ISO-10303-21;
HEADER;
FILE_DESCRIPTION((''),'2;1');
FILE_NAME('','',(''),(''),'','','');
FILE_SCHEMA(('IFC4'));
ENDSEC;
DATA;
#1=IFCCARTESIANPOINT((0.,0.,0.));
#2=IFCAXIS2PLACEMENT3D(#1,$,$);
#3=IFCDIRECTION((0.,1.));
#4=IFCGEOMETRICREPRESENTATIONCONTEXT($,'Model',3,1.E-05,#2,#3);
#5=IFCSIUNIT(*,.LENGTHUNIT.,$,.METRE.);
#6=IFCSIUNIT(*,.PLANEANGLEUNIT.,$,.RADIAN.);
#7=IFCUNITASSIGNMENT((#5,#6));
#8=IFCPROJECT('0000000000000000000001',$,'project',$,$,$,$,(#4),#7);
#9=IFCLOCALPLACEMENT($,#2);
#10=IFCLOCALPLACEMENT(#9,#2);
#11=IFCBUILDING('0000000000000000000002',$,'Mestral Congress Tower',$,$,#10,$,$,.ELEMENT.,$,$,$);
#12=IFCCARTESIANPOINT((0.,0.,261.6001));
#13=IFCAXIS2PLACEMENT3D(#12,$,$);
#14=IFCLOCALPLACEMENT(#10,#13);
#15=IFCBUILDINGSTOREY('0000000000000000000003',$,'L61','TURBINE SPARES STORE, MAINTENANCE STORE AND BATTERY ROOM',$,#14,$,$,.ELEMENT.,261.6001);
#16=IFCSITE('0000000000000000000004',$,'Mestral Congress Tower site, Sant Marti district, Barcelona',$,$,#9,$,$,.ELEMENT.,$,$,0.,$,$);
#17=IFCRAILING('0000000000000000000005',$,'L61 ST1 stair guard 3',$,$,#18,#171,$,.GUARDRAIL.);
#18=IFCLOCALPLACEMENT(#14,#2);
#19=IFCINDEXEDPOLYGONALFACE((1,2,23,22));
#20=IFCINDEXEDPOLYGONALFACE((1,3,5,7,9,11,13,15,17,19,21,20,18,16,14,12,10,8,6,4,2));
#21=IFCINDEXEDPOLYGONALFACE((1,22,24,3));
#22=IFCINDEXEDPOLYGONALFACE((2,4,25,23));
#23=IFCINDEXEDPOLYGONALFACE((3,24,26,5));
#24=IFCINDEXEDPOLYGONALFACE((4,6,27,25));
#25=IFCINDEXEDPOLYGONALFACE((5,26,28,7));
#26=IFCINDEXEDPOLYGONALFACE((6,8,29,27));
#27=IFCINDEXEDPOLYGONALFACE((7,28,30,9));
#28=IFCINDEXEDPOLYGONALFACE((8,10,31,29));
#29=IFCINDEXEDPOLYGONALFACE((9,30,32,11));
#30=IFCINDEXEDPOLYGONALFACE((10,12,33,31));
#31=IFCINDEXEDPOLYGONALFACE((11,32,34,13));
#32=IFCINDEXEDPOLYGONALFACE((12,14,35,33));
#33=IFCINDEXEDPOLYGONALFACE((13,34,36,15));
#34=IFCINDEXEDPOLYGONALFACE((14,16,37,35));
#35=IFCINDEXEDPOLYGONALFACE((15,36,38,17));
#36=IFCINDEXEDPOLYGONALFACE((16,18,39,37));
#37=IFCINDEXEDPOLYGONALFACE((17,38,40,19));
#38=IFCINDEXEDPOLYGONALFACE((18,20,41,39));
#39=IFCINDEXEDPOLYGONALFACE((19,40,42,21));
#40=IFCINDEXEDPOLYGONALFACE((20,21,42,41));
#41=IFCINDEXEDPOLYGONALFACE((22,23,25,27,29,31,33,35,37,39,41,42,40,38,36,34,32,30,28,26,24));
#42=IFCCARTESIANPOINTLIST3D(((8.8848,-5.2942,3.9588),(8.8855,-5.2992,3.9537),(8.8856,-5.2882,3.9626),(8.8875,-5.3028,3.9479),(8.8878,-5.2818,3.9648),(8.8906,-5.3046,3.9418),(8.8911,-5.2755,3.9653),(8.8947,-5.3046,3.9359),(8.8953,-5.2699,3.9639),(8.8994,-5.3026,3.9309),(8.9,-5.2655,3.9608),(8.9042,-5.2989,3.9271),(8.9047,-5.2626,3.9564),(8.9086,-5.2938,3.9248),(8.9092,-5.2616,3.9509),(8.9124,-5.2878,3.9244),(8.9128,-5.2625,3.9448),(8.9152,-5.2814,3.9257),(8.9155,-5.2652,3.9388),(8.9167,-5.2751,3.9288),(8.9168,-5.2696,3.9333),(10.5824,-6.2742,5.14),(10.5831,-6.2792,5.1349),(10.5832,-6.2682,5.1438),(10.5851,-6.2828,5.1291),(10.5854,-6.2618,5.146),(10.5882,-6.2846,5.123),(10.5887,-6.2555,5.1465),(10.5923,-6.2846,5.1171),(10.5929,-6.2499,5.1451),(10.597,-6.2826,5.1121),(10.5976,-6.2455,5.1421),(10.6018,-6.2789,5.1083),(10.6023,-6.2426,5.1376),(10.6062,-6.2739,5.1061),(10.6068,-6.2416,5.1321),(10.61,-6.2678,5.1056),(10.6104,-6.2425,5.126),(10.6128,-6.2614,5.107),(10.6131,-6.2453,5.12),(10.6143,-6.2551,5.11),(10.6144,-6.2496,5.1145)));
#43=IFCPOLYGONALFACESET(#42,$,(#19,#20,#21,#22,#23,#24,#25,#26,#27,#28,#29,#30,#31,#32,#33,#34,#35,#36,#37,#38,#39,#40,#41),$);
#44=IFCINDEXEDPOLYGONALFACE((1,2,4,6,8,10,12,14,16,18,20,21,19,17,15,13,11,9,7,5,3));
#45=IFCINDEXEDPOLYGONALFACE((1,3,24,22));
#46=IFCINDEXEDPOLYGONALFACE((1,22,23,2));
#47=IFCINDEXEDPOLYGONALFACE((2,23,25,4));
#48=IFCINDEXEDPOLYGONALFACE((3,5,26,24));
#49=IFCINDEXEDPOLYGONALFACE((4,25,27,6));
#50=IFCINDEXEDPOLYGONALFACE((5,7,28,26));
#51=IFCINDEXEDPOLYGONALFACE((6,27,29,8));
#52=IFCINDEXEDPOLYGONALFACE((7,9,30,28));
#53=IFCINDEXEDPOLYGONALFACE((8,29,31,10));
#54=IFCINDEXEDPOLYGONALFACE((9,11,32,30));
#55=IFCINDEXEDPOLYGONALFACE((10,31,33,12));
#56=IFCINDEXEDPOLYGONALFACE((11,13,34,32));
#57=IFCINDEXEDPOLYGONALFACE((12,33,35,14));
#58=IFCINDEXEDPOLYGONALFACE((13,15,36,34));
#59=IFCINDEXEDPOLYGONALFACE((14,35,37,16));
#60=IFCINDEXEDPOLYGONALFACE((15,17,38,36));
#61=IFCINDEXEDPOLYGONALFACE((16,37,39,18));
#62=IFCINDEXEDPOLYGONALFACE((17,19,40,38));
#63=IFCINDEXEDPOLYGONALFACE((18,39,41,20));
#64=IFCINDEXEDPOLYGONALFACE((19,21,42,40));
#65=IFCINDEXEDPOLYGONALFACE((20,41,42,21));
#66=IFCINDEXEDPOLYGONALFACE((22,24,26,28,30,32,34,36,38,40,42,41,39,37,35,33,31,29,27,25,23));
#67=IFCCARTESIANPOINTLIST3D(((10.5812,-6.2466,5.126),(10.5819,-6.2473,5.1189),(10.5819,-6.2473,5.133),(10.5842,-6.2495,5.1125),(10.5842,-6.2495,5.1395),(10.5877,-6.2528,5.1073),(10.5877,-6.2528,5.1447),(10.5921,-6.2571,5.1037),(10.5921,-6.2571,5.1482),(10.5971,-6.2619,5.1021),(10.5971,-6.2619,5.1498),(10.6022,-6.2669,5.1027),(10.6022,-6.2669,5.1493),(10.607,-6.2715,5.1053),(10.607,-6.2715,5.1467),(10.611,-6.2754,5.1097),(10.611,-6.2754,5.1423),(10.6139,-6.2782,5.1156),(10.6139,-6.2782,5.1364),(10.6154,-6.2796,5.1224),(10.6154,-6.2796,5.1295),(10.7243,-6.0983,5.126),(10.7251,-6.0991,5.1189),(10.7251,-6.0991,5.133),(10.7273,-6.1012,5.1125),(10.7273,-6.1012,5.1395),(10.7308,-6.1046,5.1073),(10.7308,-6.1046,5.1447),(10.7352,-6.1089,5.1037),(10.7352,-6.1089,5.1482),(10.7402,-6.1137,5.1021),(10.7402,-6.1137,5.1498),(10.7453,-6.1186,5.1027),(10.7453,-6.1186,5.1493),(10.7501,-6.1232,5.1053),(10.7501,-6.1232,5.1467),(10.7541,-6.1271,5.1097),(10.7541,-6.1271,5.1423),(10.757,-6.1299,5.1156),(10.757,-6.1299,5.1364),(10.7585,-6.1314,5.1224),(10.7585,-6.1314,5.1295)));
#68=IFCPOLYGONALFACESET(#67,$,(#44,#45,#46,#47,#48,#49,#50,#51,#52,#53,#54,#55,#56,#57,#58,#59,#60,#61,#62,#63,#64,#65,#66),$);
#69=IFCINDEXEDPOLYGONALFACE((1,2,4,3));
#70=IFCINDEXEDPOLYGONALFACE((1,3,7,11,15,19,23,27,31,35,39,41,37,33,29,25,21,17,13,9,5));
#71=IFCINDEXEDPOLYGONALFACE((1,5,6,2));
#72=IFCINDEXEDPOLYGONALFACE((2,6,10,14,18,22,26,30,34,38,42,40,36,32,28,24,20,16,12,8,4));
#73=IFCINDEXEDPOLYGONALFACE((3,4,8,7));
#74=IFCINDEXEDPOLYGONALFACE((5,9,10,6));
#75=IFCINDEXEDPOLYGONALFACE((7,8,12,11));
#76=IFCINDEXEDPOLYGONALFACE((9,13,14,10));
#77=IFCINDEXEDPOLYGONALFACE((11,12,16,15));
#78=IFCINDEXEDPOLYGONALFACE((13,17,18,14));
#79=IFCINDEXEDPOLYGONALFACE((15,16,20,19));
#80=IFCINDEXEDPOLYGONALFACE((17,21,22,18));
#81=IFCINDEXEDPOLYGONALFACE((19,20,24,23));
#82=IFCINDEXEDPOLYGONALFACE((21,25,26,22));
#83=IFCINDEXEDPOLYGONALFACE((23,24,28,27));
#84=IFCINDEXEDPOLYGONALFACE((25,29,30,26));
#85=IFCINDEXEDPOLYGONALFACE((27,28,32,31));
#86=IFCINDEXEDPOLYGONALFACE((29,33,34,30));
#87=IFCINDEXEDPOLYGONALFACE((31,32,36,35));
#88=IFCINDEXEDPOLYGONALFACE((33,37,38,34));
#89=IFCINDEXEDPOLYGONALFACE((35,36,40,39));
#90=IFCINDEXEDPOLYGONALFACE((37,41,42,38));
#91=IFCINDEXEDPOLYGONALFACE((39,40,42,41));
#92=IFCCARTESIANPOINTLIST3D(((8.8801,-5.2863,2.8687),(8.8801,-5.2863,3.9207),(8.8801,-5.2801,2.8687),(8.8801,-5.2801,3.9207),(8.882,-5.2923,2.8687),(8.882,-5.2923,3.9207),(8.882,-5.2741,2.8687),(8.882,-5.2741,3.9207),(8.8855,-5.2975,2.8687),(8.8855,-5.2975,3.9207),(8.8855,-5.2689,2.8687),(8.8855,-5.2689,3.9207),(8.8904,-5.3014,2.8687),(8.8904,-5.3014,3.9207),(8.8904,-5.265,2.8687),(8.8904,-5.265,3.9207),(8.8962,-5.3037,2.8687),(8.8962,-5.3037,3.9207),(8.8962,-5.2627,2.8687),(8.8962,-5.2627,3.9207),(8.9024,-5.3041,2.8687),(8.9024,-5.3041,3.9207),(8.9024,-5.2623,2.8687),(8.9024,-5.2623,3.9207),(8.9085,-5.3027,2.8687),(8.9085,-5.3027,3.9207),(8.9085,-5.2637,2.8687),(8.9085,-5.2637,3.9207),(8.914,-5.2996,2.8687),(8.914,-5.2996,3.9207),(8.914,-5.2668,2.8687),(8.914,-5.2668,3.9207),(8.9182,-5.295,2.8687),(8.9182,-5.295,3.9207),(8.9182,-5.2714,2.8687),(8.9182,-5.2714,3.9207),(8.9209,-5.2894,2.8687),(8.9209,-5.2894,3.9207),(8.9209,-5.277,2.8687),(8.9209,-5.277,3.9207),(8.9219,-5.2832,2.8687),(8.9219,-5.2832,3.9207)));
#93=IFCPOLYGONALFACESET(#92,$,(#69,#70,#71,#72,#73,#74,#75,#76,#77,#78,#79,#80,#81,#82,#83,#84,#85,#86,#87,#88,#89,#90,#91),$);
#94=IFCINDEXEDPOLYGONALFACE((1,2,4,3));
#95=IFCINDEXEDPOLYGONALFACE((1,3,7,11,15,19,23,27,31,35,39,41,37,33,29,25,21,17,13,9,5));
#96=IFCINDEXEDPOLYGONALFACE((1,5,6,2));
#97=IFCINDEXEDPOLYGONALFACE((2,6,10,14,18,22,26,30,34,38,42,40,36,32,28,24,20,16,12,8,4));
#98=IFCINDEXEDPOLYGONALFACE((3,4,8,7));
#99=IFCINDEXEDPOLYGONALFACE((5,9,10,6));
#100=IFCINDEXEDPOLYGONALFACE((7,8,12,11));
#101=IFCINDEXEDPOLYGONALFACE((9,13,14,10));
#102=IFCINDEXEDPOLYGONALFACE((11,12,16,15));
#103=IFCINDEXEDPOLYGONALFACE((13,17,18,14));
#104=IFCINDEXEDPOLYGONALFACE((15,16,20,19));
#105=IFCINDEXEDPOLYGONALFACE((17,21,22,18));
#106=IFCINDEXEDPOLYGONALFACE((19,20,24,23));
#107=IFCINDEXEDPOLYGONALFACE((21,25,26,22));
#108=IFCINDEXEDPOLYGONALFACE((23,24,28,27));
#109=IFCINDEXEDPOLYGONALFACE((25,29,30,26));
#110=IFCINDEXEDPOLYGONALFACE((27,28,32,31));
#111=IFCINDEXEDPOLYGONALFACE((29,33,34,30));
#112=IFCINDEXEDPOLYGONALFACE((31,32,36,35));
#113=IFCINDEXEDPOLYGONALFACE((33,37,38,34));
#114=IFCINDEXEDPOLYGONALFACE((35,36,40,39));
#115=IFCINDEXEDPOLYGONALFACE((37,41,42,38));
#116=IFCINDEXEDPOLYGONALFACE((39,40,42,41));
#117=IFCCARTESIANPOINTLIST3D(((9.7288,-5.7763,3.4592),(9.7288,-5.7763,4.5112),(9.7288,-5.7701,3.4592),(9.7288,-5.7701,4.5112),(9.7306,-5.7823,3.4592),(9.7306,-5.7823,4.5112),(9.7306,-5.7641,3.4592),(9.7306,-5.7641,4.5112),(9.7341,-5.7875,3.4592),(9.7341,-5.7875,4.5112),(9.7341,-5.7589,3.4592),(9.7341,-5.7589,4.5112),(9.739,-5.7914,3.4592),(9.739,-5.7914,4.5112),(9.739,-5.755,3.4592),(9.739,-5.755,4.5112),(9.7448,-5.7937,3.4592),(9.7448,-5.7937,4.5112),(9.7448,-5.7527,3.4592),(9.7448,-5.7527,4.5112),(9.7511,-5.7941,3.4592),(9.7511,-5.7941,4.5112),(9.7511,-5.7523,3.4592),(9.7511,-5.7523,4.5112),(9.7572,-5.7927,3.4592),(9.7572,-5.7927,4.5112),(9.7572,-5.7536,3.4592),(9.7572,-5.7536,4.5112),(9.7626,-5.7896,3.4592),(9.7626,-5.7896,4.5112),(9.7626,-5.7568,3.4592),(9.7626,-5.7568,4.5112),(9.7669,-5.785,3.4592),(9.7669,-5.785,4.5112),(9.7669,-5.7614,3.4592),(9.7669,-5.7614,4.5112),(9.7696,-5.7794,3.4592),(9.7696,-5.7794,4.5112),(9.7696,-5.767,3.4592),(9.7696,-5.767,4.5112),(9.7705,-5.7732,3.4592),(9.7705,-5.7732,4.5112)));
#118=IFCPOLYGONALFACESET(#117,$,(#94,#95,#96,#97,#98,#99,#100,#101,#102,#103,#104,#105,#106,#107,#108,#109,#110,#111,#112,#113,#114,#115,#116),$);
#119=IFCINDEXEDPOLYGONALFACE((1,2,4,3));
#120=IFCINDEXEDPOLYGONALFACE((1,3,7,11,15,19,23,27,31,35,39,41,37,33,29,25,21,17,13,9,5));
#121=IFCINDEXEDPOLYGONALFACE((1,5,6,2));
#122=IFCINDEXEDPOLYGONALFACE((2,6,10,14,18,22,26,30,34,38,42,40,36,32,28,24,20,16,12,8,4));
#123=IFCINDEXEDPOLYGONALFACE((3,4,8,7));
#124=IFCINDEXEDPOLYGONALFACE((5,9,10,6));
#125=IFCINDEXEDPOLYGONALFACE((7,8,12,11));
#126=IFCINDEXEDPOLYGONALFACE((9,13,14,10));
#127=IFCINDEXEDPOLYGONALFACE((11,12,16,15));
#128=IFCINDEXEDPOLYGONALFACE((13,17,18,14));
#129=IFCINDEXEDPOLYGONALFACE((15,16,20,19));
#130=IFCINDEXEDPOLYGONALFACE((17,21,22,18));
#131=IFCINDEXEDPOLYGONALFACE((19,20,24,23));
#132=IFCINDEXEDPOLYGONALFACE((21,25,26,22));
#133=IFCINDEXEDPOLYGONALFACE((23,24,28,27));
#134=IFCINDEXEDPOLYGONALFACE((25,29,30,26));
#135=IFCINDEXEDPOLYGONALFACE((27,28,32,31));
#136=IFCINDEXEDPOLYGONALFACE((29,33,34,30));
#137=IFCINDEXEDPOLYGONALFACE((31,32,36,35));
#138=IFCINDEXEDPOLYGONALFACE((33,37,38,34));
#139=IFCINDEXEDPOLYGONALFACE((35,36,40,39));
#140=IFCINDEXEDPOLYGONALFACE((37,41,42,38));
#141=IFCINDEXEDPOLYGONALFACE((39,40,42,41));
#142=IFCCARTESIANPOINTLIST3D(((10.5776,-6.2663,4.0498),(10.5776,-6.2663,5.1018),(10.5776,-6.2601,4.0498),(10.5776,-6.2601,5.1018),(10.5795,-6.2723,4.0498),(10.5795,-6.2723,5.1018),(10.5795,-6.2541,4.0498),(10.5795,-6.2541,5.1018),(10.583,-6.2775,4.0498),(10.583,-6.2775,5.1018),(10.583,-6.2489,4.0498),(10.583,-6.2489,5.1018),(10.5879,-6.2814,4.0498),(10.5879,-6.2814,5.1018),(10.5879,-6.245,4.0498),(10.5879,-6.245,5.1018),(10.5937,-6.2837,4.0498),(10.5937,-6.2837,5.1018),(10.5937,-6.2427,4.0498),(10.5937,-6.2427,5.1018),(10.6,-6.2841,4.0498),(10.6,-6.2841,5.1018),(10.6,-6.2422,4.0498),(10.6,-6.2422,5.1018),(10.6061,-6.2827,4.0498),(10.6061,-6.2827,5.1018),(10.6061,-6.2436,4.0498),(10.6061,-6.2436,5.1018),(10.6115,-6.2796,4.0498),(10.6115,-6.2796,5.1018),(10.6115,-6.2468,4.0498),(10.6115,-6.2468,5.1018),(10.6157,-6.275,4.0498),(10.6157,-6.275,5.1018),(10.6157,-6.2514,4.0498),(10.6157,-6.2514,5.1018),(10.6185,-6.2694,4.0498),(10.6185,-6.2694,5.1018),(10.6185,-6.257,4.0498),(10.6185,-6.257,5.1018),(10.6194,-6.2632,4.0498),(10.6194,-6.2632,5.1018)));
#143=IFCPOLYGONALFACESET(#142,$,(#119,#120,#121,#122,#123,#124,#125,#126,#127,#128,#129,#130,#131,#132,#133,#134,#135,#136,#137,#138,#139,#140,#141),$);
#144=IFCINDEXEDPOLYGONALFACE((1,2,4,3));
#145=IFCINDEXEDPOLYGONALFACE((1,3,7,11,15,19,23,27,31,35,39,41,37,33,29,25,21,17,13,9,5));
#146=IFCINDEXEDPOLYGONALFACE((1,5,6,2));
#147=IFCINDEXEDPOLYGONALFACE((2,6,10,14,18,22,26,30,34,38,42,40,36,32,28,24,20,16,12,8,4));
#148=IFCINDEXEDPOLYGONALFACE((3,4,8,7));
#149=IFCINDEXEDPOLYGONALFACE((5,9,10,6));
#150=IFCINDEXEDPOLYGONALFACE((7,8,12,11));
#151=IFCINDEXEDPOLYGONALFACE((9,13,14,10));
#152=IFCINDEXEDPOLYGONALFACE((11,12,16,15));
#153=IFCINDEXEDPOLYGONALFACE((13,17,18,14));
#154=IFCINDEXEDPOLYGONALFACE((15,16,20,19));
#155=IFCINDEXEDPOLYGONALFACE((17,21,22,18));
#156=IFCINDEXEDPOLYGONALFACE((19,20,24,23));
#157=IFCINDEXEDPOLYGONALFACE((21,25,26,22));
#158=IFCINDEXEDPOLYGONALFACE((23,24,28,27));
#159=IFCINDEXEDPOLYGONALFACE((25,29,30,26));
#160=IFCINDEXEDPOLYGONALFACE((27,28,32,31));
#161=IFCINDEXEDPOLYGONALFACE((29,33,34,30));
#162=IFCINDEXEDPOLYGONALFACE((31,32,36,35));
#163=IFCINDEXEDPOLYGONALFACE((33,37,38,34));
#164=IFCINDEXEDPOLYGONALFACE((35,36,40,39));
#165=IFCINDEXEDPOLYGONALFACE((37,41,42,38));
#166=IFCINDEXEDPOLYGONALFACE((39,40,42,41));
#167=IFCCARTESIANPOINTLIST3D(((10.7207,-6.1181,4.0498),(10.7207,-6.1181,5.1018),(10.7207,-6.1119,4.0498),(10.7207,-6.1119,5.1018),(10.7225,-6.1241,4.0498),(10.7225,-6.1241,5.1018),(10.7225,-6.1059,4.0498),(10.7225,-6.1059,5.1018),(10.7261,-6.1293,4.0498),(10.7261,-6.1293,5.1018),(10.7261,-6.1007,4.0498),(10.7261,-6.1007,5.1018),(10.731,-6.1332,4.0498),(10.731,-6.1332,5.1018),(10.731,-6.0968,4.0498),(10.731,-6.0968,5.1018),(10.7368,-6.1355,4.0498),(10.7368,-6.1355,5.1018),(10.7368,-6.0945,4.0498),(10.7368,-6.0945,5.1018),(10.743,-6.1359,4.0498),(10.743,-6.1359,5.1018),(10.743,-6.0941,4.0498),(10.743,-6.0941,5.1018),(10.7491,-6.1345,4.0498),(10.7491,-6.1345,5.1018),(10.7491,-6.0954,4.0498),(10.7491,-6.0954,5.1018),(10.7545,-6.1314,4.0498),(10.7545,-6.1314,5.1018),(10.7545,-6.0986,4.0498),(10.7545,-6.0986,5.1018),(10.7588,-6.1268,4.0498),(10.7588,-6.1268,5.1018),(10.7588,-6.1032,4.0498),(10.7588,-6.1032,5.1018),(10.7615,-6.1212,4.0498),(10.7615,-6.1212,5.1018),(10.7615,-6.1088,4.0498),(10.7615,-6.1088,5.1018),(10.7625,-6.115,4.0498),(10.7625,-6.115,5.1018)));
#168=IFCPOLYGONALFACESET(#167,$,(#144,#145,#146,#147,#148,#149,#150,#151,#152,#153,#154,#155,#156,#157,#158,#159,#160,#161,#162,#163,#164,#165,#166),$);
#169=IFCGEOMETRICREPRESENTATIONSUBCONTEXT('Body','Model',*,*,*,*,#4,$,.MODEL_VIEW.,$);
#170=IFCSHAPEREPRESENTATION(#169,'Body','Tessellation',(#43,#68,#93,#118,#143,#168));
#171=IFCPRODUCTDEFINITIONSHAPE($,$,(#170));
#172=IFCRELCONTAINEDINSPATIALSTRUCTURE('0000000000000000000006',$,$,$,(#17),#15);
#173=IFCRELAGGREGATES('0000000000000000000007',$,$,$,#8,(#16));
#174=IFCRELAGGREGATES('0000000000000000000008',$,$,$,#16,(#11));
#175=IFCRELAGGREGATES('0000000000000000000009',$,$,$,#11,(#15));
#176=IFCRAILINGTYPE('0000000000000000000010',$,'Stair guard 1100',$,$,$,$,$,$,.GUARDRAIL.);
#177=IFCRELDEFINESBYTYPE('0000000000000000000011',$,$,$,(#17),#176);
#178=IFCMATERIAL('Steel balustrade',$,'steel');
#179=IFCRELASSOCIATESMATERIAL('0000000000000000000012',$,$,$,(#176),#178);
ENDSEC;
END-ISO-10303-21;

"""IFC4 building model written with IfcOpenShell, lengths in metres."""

from ifc_helpers import new_model, si_unit, direction, frame, origin, origin_2d, place, context, subcontext, project, spatial, circle, extrude, material, type_object, element, save


model = new_model("IFC4")

# Units and contexts
model_context = context("Model", 3, precision=1e-05, world=origin(), true_north=direction((0.0, 1.0)))
body_context = subcontext(model_context, "Body", "Model", "MODEL_VIEW")
ifc_project = project(units=[si_unit("LENGTHUNIT", "METRE"), si_unit("PLANEANGLEUNIT", "RADIAN")], contexts=[model_context])

# Site, building, storey
site_placement = place(None, origin())
site = spatial("IfcSite", under=ifc_project, at=site_placement, Name="Mestral Congress Tower site, Sant Marti district, Barcelona", CompositionType="ELEMENT", RefElevation=0.0)
building_placement = place(site_placement, origin())
building = spatial("IfcBuilding", under=site, at=building_placement, Name="Mestral Congress Tower", CompositionType="ELEMENT")
storey_placement = place(building_placement, frame((0.0, 0.0, 261.6001)))
storey = spatial("IfcBuildingStorey", under=building, at=storey_placement, Name="L61", Description="TURBINE SPARES STORE, MAINTENANCE STORE AND BATTERY ROOM", CompositionType="ELEMENT", Elevation=261.6001)

# Railing
ifc_material_1 = material(Name="Steel balustrade", Category="steel")
railing_type = type_object("IfcRailingType", Name="Stair guard 1100", PredefinedType="GUARDRAIL", material=ifc_material_1)
for number, where, name in (
    (1, (8.9009, -5.2832, 2.8687), "L61 ST1 stair guard 3"),
):
    element("IfcRailing", number, at=place(storey_placement, frame(where)), inside=storey, type_object=railing_type, Name=name, PredefinedType="GUARDRAIL", context=body_context, shape_type="SweptSolid", body=[
        extrude(circle(Radius=0.0239, at=origin_2d()), frame((0.0, 0.0, 1.0762), z_axis=(0.741771, -0.428228, 0.516135), x_axis=(0.49997, 0.866042, 0.0)), (0.0, 0.0, 1.0), 2.2886),
        extrude(circle(Radius=0.0239, at=origin_2d()), frame((1.6975, -0.98, 2.2573), z_axis=(0.694552, 0.719442, 0.0), x_axis=(-0.719442, 0.694552, 0.0)), (0.0, 0.0, 1.0), 0.2061),
        extrude(circle(Radius=0.021, at=origin_2d()), origin(), (0.0, 0.0, 1.0), 1.052),
        extrude(circle(Radius=0.021, at=origin_2d()), frame((0.8486, -0.49, 0.5906)), (0.0, 0.0, 1.0), 1.052),
        extrude(circle(Radius=0.021, at=origin_2d()), frame((1.6975, -0.98, 1.1812)), (0.0, 0.0, 1.0), 1.052),
        extrude(circle(Radius=0.021, at=origin_2d()), frame((1.8406, -0.8318, 1.1812)), (0.0, 0.0, 1.0), 1.052),
    ])

save(model, "model.ifc")
